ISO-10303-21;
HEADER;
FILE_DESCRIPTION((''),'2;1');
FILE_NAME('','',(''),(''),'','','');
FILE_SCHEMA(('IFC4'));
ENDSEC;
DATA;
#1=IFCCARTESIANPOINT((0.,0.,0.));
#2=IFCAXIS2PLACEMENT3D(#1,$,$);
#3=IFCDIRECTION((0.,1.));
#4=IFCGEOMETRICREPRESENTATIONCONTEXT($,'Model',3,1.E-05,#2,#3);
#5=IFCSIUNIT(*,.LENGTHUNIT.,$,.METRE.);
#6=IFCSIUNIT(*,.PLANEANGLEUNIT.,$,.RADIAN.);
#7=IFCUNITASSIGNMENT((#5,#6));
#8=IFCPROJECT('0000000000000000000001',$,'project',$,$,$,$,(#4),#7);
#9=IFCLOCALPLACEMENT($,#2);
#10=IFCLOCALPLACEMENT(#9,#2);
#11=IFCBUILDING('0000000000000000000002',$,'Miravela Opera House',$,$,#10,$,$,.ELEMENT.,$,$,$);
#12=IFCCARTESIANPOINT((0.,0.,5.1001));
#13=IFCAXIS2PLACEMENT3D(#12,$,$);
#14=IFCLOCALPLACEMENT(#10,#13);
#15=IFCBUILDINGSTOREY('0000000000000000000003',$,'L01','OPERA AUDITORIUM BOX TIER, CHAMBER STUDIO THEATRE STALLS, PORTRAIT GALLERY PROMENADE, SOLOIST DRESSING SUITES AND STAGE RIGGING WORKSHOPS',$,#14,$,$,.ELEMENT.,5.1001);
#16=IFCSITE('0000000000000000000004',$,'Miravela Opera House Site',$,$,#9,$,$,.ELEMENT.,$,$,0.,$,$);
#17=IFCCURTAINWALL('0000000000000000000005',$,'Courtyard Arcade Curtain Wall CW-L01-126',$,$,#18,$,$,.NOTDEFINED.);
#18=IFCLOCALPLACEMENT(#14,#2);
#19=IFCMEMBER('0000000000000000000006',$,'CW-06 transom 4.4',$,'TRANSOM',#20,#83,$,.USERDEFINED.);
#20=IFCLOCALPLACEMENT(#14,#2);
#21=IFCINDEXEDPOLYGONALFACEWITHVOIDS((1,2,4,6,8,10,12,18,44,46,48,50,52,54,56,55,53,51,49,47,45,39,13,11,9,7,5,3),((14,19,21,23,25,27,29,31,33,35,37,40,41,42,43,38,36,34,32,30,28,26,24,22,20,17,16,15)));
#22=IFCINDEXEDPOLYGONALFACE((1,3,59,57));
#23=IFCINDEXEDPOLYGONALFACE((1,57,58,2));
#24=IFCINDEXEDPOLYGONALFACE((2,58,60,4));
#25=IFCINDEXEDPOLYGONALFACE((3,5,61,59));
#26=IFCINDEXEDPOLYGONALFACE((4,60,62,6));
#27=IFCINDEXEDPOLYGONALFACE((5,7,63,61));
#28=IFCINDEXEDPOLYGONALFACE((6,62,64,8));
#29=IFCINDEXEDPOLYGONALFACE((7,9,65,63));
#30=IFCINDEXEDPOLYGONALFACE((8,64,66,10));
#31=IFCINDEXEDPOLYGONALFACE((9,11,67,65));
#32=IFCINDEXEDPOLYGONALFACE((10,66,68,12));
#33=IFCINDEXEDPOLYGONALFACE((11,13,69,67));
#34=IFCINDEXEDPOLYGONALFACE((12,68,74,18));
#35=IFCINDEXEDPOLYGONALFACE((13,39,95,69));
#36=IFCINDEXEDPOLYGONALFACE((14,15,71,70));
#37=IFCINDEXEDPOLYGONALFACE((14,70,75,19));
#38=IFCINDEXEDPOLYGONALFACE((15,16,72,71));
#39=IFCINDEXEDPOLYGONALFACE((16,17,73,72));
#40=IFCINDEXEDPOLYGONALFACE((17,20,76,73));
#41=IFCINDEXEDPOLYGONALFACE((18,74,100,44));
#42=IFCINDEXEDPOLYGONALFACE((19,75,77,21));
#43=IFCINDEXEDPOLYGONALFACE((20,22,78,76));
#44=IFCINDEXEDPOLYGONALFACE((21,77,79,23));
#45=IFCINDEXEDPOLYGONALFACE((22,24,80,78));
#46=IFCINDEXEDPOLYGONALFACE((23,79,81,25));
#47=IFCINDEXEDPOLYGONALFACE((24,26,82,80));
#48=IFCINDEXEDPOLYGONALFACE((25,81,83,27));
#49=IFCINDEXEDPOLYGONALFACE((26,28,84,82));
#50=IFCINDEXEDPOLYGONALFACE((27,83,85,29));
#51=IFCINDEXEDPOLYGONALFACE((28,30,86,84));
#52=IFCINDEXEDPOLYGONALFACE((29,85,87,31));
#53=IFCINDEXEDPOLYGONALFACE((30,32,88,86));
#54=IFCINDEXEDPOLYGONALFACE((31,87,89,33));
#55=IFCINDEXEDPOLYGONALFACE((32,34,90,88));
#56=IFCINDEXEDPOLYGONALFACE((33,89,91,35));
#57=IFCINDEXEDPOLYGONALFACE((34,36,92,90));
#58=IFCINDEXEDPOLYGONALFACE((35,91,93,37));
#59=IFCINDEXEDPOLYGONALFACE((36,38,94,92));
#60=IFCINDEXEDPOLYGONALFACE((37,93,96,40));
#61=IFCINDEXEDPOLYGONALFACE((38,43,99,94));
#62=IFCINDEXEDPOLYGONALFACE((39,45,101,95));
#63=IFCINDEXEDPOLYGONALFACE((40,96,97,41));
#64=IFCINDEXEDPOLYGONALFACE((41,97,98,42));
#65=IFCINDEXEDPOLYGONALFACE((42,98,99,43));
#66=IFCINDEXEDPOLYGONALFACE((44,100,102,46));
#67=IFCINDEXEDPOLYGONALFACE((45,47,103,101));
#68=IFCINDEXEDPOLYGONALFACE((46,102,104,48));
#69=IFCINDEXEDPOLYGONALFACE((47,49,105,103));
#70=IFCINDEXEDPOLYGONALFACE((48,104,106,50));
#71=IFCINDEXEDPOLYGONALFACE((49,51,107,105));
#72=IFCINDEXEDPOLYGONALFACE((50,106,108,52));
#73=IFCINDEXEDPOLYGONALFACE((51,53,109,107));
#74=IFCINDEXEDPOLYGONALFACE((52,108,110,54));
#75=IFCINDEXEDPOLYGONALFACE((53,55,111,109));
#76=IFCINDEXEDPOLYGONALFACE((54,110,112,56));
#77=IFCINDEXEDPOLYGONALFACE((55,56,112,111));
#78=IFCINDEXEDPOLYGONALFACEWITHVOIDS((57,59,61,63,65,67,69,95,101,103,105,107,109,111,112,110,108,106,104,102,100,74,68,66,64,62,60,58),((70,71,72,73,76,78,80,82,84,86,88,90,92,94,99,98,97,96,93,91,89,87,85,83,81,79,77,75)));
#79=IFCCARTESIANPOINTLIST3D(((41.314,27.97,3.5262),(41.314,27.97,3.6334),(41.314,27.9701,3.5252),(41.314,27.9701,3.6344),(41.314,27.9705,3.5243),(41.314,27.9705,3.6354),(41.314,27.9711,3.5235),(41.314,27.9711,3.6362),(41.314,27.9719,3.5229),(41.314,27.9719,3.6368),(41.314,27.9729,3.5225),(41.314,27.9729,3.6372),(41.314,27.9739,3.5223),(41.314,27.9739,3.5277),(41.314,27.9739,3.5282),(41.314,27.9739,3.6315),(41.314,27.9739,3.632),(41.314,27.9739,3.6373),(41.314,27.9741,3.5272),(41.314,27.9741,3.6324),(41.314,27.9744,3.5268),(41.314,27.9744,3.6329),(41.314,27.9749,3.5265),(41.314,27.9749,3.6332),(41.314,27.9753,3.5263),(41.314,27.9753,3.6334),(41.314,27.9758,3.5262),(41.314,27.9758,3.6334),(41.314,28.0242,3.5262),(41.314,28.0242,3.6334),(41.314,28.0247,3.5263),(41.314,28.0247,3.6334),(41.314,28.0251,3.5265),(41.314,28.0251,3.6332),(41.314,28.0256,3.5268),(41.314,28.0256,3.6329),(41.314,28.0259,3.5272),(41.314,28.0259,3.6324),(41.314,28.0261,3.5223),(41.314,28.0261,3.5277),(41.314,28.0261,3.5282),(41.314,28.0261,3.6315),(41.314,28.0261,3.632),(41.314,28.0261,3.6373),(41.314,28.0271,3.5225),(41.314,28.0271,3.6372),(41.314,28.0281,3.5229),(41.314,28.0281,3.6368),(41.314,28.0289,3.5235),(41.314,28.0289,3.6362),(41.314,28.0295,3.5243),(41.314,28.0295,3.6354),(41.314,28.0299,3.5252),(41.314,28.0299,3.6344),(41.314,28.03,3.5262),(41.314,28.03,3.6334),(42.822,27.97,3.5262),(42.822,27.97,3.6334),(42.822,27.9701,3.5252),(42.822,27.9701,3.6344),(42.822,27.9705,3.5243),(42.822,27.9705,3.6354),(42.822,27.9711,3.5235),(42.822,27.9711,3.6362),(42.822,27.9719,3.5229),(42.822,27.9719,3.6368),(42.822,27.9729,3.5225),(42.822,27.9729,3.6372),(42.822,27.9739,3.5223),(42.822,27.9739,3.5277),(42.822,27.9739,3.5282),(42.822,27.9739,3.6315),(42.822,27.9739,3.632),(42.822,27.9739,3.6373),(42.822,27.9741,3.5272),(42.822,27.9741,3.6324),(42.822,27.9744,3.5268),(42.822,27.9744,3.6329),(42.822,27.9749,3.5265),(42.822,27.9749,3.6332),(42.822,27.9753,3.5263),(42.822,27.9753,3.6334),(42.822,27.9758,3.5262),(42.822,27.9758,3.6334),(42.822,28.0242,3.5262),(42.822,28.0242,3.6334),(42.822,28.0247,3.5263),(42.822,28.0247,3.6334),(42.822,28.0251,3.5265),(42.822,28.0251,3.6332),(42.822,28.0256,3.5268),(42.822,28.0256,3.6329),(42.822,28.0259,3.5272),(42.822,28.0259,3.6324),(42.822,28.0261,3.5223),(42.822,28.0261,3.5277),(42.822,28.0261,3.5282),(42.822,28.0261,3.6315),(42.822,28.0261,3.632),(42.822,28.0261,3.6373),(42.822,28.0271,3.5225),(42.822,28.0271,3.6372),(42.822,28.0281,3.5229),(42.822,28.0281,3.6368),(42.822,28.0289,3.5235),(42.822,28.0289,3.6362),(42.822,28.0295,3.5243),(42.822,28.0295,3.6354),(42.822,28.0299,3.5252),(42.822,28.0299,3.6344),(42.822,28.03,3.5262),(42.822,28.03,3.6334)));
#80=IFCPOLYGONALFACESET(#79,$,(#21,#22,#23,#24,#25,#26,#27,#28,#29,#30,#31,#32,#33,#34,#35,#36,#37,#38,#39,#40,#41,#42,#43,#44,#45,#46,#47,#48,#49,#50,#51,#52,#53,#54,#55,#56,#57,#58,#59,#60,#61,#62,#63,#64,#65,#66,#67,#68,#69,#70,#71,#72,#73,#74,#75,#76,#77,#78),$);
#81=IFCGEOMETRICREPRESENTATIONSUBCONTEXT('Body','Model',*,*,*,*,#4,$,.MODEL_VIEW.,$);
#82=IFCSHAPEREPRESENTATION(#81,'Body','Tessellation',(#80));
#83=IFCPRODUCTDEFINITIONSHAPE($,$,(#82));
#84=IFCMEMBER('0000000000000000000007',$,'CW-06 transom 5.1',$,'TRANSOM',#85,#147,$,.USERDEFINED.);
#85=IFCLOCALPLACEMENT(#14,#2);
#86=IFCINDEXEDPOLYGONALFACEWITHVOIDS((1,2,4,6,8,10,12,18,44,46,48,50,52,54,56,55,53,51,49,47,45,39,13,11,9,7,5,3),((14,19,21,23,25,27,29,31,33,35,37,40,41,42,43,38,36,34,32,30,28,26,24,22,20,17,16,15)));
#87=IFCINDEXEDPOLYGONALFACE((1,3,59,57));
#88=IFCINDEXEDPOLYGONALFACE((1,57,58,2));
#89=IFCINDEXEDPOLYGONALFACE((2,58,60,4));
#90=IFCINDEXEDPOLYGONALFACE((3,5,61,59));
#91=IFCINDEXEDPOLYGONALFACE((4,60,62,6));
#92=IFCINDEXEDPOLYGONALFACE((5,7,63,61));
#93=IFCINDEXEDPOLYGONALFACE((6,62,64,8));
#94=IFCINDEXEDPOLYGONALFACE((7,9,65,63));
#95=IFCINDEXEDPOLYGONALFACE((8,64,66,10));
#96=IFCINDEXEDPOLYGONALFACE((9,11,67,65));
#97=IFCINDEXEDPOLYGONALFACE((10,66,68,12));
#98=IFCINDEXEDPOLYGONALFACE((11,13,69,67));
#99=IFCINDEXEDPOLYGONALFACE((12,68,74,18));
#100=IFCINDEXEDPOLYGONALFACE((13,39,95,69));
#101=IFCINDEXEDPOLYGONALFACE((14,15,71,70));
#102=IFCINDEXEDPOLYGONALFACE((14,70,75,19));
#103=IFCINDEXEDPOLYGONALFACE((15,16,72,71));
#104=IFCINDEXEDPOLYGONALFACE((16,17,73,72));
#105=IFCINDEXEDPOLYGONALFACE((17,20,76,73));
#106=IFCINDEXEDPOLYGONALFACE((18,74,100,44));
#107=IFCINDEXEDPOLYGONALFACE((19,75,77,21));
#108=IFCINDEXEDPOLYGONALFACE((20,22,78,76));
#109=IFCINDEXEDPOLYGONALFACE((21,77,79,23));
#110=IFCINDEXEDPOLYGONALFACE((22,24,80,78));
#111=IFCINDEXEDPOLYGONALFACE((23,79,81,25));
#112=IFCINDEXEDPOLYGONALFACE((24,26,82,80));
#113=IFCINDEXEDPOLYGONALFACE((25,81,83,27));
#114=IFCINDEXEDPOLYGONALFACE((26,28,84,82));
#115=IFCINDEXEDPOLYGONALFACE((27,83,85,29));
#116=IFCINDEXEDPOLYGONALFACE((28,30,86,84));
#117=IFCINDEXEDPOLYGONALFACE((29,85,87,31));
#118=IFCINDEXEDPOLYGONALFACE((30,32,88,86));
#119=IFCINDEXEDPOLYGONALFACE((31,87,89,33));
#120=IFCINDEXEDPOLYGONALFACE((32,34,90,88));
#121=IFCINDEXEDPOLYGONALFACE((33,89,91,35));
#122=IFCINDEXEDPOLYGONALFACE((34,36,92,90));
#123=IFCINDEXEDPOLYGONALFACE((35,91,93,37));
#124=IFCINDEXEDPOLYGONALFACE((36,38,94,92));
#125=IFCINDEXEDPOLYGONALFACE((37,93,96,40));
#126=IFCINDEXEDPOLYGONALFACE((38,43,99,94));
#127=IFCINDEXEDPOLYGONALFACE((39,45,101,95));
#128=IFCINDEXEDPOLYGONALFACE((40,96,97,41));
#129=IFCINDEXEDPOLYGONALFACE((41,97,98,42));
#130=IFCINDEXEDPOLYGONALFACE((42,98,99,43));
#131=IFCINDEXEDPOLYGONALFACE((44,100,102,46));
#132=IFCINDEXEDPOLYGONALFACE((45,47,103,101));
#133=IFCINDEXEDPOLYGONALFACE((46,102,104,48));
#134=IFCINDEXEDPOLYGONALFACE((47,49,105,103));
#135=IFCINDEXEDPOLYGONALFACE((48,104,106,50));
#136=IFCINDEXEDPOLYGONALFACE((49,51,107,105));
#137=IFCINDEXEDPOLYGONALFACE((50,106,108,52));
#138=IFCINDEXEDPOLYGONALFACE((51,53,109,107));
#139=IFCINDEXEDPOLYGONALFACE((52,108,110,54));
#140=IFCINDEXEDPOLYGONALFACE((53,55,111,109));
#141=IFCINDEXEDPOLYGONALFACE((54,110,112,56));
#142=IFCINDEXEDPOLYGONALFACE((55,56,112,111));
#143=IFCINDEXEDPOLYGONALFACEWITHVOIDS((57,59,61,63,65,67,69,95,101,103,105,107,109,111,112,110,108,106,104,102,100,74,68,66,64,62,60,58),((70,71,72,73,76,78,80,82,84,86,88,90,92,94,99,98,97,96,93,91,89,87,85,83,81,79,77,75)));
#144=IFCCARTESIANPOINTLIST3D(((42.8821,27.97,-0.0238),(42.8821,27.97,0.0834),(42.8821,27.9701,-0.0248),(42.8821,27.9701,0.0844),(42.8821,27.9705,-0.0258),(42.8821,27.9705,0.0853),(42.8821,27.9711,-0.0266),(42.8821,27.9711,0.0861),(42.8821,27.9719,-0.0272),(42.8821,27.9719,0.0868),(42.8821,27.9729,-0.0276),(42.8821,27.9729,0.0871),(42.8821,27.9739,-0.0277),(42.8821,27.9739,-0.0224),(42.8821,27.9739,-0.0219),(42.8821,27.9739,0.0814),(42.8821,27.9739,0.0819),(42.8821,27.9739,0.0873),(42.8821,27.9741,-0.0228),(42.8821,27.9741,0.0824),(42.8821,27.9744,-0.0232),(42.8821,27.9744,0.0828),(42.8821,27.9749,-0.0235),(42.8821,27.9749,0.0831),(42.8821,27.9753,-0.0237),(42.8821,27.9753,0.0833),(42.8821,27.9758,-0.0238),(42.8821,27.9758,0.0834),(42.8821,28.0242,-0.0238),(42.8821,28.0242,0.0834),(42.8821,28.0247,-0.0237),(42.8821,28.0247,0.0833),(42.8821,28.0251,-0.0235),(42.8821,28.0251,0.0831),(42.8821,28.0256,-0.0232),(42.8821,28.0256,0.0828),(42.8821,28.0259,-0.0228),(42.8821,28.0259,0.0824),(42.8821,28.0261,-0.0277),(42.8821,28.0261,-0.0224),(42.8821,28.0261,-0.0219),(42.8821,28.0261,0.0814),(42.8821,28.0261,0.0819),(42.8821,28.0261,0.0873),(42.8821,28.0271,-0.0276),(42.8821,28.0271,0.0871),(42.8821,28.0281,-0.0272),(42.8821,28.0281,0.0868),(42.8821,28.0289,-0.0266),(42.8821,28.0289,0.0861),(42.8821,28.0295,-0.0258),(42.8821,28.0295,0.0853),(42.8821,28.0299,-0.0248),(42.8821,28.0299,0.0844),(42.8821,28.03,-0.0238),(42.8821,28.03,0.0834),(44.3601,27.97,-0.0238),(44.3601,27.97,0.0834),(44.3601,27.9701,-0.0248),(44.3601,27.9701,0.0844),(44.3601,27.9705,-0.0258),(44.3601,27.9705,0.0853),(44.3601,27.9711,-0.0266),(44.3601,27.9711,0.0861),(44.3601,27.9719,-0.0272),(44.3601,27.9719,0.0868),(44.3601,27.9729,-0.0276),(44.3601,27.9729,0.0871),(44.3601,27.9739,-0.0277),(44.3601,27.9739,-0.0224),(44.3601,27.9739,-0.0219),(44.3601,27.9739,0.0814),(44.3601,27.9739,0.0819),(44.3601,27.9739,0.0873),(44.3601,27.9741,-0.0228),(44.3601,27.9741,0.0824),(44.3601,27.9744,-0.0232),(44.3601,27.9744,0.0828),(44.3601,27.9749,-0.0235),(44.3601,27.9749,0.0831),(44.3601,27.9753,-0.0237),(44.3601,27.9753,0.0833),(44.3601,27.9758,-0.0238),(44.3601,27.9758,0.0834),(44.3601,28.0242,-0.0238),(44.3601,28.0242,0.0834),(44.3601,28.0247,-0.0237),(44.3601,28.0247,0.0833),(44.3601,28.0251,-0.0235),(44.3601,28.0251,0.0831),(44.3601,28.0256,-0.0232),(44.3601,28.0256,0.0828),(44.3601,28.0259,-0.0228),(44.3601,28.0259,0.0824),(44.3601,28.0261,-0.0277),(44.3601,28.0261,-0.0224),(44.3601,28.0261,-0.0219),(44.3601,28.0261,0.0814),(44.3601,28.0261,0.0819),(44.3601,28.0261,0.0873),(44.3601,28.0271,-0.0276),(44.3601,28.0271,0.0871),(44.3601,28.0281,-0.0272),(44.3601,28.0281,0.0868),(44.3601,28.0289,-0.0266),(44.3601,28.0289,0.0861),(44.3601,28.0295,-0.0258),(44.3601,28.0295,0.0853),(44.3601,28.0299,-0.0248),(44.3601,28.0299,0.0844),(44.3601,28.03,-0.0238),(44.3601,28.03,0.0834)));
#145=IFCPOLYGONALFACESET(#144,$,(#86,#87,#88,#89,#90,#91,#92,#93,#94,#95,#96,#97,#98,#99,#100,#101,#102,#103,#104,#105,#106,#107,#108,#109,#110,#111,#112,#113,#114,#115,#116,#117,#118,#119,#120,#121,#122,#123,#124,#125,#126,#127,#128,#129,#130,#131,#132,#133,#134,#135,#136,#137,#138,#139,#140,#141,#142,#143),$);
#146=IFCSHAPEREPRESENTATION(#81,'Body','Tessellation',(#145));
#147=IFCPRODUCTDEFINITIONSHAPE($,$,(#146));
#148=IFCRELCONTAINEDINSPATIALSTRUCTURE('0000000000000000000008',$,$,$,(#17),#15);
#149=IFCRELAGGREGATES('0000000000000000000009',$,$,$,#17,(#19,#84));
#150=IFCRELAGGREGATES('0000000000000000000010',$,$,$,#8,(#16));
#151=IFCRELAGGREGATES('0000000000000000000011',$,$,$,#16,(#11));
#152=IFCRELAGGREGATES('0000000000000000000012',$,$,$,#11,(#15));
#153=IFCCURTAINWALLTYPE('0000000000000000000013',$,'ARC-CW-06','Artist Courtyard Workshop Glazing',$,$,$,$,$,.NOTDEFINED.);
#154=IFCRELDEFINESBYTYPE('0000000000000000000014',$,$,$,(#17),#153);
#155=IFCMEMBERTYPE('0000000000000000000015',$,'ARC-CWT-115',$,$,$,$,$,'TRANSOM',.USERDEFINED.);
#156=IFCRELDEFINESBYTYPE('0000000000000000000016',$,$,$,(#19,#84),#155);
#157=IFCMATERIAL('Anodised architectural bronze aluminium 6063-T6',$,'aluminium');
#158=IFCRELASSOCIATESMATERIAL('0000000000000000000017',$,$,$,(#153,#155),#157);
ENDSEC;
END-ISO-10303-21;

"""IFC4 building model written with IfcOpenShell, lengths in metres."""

from ifc_helpers import new_model, si_unit, direction, frame, origin, origin_2d, place, context, subcontext, project, spatial, hollow_rectangle, extrude, material, material_profile, profile_set, type_object, element, aggregate, save


model = new_model("IFC4")

# Units and contexts
model_context = context("Model", 3, precision=1e-05, world=origin(), true_north=direction((0.0, 1.0)))
body_context = subcontext(model_context, "Body", "Model", "MODEL_VIEW")
ifc_project = project(units=[si_unit("LENGTHUNIT", "METRE"), si_unit("PLANEANGLEUNIT", "RADIAN")], contexts=[model_context])

# Site, building, storey
site_placement = place(None, origin())
site = spatial("IfcSite", under=ifc_project, at=site_placement, Name="Miravela Opera House Site", CompositionType="ELEMENT", RefElevation=0.0)
building_placement = place(site_placement, origin())
building = spatial("IfcBuilding", under=site, at=building_placement, Name="Miravela Opera House", CompositionType="ELEMENT")
storey_placement = place(building_placement, frame((0.0, 0.0, 5.1001)))
storey = spatial("IfcBuildingStorey", under=building, at=storey_placement, Name="L01", Description="OPERA AUDITORIUM BOX TIER, CHAMBER STUDIO THEATRE STALLS, PORTRAIT GALLERY PROMENADE, SOLOIST DRESSING SUITES AND STAGE RIGGING WORKSHOPS", CompositionType="ELEMENT", Elevation=5.1001)

# Curtain wall, members
ifc_material_1 = material(Name="Anodised architectural bronze aluminium 6063-T6", Category="aluminium")
curtain_wall_type = type_object("IfcCurtainWallType", Name="ARC-CW-06", Description="Artist Courtyard Workshop Glazing", PredefinedType="NOTDEFINED", material=ifc_material_1)
curtain_wall_placement = place(storey_placement, origin())
curtain_wall = element("IfcCurtainWall", 1, at=curtain_wall_placement, inside=storey, type_object=curtain_wall_type, Name="Courtyard Arcade Curtain Wall CW-L01-126", PredefinedType="NOTDEFINED")
ifc_material_profile_1 = material_profile(ifc_material_1, hollow_rectangle(XDim=0.0601, YDim=0.115, WallThickness=0.0039, InnerFilletRadius=0.002, OuterFilletRadius=0.0039, at=origin_2d()), Name="CWT-60X115")
ifc_profile_set_1 = profile_set([ifc_material_profile_1])
member_type_1 = type_object("IfcMemberType", Name="ARC-CWT-115", ElementType="TRANSOM", PredefinedType="USERDEFINED", material=ifc_profile_set_1)
member_1_placement = place(storey_placement, frame((41.314, 28.0, 3.5798), z_axis=(1.0, 0.0, 0.0), x_axis=(0.0, 1.0, 0.0)))
member_1 = element("IfcMember", 2, at=member_1_placement, type_object=member_type_1, Name="CW-06 transom 4.4", ObjectType="TRANSOM", PredefinedType="USERDEFINED", context=body_context, shape_type="SweptSolid", body=[
    extrude(hollow_rectangle(XDim=0.0601, YDim=0.115, WallThickness=0.0039, InnerFilletRadius=0.002, OuterFilletRadius=0.0039, at=origin_2d()), origin(), (0.0, 0.0, 1.0), 1.5081),
])
member_2_placement = place(storey_placement, frame((42.8821, 28.0, 0.0298), z_axis=(1.0, 0.0, 0.0), x_axis=(0.0, 1.0, 0.0)))
member_2 = element("IfcMember", 3, at=member_2_placement, type_object=member_type_1, Name="CW-06 transom 5.1", ObjectType="TRANSOM", PredefinedType="USERDEFINED", context=body_context, shape_type="SweptSolid", body=[
    extrude(hollow_rectangle(XDim=0.0601, YDim=0.115, WallThickness=0.0039, InnerFilletRadius=0.002, OuterFilletRadius=0.0039, at=origin_2d()), origin(), (0.0, 0.0, 1.0), 1.478),
])

aggregate(curtain_wall, [member_1, member_2])

save(model, "model.ifc")
